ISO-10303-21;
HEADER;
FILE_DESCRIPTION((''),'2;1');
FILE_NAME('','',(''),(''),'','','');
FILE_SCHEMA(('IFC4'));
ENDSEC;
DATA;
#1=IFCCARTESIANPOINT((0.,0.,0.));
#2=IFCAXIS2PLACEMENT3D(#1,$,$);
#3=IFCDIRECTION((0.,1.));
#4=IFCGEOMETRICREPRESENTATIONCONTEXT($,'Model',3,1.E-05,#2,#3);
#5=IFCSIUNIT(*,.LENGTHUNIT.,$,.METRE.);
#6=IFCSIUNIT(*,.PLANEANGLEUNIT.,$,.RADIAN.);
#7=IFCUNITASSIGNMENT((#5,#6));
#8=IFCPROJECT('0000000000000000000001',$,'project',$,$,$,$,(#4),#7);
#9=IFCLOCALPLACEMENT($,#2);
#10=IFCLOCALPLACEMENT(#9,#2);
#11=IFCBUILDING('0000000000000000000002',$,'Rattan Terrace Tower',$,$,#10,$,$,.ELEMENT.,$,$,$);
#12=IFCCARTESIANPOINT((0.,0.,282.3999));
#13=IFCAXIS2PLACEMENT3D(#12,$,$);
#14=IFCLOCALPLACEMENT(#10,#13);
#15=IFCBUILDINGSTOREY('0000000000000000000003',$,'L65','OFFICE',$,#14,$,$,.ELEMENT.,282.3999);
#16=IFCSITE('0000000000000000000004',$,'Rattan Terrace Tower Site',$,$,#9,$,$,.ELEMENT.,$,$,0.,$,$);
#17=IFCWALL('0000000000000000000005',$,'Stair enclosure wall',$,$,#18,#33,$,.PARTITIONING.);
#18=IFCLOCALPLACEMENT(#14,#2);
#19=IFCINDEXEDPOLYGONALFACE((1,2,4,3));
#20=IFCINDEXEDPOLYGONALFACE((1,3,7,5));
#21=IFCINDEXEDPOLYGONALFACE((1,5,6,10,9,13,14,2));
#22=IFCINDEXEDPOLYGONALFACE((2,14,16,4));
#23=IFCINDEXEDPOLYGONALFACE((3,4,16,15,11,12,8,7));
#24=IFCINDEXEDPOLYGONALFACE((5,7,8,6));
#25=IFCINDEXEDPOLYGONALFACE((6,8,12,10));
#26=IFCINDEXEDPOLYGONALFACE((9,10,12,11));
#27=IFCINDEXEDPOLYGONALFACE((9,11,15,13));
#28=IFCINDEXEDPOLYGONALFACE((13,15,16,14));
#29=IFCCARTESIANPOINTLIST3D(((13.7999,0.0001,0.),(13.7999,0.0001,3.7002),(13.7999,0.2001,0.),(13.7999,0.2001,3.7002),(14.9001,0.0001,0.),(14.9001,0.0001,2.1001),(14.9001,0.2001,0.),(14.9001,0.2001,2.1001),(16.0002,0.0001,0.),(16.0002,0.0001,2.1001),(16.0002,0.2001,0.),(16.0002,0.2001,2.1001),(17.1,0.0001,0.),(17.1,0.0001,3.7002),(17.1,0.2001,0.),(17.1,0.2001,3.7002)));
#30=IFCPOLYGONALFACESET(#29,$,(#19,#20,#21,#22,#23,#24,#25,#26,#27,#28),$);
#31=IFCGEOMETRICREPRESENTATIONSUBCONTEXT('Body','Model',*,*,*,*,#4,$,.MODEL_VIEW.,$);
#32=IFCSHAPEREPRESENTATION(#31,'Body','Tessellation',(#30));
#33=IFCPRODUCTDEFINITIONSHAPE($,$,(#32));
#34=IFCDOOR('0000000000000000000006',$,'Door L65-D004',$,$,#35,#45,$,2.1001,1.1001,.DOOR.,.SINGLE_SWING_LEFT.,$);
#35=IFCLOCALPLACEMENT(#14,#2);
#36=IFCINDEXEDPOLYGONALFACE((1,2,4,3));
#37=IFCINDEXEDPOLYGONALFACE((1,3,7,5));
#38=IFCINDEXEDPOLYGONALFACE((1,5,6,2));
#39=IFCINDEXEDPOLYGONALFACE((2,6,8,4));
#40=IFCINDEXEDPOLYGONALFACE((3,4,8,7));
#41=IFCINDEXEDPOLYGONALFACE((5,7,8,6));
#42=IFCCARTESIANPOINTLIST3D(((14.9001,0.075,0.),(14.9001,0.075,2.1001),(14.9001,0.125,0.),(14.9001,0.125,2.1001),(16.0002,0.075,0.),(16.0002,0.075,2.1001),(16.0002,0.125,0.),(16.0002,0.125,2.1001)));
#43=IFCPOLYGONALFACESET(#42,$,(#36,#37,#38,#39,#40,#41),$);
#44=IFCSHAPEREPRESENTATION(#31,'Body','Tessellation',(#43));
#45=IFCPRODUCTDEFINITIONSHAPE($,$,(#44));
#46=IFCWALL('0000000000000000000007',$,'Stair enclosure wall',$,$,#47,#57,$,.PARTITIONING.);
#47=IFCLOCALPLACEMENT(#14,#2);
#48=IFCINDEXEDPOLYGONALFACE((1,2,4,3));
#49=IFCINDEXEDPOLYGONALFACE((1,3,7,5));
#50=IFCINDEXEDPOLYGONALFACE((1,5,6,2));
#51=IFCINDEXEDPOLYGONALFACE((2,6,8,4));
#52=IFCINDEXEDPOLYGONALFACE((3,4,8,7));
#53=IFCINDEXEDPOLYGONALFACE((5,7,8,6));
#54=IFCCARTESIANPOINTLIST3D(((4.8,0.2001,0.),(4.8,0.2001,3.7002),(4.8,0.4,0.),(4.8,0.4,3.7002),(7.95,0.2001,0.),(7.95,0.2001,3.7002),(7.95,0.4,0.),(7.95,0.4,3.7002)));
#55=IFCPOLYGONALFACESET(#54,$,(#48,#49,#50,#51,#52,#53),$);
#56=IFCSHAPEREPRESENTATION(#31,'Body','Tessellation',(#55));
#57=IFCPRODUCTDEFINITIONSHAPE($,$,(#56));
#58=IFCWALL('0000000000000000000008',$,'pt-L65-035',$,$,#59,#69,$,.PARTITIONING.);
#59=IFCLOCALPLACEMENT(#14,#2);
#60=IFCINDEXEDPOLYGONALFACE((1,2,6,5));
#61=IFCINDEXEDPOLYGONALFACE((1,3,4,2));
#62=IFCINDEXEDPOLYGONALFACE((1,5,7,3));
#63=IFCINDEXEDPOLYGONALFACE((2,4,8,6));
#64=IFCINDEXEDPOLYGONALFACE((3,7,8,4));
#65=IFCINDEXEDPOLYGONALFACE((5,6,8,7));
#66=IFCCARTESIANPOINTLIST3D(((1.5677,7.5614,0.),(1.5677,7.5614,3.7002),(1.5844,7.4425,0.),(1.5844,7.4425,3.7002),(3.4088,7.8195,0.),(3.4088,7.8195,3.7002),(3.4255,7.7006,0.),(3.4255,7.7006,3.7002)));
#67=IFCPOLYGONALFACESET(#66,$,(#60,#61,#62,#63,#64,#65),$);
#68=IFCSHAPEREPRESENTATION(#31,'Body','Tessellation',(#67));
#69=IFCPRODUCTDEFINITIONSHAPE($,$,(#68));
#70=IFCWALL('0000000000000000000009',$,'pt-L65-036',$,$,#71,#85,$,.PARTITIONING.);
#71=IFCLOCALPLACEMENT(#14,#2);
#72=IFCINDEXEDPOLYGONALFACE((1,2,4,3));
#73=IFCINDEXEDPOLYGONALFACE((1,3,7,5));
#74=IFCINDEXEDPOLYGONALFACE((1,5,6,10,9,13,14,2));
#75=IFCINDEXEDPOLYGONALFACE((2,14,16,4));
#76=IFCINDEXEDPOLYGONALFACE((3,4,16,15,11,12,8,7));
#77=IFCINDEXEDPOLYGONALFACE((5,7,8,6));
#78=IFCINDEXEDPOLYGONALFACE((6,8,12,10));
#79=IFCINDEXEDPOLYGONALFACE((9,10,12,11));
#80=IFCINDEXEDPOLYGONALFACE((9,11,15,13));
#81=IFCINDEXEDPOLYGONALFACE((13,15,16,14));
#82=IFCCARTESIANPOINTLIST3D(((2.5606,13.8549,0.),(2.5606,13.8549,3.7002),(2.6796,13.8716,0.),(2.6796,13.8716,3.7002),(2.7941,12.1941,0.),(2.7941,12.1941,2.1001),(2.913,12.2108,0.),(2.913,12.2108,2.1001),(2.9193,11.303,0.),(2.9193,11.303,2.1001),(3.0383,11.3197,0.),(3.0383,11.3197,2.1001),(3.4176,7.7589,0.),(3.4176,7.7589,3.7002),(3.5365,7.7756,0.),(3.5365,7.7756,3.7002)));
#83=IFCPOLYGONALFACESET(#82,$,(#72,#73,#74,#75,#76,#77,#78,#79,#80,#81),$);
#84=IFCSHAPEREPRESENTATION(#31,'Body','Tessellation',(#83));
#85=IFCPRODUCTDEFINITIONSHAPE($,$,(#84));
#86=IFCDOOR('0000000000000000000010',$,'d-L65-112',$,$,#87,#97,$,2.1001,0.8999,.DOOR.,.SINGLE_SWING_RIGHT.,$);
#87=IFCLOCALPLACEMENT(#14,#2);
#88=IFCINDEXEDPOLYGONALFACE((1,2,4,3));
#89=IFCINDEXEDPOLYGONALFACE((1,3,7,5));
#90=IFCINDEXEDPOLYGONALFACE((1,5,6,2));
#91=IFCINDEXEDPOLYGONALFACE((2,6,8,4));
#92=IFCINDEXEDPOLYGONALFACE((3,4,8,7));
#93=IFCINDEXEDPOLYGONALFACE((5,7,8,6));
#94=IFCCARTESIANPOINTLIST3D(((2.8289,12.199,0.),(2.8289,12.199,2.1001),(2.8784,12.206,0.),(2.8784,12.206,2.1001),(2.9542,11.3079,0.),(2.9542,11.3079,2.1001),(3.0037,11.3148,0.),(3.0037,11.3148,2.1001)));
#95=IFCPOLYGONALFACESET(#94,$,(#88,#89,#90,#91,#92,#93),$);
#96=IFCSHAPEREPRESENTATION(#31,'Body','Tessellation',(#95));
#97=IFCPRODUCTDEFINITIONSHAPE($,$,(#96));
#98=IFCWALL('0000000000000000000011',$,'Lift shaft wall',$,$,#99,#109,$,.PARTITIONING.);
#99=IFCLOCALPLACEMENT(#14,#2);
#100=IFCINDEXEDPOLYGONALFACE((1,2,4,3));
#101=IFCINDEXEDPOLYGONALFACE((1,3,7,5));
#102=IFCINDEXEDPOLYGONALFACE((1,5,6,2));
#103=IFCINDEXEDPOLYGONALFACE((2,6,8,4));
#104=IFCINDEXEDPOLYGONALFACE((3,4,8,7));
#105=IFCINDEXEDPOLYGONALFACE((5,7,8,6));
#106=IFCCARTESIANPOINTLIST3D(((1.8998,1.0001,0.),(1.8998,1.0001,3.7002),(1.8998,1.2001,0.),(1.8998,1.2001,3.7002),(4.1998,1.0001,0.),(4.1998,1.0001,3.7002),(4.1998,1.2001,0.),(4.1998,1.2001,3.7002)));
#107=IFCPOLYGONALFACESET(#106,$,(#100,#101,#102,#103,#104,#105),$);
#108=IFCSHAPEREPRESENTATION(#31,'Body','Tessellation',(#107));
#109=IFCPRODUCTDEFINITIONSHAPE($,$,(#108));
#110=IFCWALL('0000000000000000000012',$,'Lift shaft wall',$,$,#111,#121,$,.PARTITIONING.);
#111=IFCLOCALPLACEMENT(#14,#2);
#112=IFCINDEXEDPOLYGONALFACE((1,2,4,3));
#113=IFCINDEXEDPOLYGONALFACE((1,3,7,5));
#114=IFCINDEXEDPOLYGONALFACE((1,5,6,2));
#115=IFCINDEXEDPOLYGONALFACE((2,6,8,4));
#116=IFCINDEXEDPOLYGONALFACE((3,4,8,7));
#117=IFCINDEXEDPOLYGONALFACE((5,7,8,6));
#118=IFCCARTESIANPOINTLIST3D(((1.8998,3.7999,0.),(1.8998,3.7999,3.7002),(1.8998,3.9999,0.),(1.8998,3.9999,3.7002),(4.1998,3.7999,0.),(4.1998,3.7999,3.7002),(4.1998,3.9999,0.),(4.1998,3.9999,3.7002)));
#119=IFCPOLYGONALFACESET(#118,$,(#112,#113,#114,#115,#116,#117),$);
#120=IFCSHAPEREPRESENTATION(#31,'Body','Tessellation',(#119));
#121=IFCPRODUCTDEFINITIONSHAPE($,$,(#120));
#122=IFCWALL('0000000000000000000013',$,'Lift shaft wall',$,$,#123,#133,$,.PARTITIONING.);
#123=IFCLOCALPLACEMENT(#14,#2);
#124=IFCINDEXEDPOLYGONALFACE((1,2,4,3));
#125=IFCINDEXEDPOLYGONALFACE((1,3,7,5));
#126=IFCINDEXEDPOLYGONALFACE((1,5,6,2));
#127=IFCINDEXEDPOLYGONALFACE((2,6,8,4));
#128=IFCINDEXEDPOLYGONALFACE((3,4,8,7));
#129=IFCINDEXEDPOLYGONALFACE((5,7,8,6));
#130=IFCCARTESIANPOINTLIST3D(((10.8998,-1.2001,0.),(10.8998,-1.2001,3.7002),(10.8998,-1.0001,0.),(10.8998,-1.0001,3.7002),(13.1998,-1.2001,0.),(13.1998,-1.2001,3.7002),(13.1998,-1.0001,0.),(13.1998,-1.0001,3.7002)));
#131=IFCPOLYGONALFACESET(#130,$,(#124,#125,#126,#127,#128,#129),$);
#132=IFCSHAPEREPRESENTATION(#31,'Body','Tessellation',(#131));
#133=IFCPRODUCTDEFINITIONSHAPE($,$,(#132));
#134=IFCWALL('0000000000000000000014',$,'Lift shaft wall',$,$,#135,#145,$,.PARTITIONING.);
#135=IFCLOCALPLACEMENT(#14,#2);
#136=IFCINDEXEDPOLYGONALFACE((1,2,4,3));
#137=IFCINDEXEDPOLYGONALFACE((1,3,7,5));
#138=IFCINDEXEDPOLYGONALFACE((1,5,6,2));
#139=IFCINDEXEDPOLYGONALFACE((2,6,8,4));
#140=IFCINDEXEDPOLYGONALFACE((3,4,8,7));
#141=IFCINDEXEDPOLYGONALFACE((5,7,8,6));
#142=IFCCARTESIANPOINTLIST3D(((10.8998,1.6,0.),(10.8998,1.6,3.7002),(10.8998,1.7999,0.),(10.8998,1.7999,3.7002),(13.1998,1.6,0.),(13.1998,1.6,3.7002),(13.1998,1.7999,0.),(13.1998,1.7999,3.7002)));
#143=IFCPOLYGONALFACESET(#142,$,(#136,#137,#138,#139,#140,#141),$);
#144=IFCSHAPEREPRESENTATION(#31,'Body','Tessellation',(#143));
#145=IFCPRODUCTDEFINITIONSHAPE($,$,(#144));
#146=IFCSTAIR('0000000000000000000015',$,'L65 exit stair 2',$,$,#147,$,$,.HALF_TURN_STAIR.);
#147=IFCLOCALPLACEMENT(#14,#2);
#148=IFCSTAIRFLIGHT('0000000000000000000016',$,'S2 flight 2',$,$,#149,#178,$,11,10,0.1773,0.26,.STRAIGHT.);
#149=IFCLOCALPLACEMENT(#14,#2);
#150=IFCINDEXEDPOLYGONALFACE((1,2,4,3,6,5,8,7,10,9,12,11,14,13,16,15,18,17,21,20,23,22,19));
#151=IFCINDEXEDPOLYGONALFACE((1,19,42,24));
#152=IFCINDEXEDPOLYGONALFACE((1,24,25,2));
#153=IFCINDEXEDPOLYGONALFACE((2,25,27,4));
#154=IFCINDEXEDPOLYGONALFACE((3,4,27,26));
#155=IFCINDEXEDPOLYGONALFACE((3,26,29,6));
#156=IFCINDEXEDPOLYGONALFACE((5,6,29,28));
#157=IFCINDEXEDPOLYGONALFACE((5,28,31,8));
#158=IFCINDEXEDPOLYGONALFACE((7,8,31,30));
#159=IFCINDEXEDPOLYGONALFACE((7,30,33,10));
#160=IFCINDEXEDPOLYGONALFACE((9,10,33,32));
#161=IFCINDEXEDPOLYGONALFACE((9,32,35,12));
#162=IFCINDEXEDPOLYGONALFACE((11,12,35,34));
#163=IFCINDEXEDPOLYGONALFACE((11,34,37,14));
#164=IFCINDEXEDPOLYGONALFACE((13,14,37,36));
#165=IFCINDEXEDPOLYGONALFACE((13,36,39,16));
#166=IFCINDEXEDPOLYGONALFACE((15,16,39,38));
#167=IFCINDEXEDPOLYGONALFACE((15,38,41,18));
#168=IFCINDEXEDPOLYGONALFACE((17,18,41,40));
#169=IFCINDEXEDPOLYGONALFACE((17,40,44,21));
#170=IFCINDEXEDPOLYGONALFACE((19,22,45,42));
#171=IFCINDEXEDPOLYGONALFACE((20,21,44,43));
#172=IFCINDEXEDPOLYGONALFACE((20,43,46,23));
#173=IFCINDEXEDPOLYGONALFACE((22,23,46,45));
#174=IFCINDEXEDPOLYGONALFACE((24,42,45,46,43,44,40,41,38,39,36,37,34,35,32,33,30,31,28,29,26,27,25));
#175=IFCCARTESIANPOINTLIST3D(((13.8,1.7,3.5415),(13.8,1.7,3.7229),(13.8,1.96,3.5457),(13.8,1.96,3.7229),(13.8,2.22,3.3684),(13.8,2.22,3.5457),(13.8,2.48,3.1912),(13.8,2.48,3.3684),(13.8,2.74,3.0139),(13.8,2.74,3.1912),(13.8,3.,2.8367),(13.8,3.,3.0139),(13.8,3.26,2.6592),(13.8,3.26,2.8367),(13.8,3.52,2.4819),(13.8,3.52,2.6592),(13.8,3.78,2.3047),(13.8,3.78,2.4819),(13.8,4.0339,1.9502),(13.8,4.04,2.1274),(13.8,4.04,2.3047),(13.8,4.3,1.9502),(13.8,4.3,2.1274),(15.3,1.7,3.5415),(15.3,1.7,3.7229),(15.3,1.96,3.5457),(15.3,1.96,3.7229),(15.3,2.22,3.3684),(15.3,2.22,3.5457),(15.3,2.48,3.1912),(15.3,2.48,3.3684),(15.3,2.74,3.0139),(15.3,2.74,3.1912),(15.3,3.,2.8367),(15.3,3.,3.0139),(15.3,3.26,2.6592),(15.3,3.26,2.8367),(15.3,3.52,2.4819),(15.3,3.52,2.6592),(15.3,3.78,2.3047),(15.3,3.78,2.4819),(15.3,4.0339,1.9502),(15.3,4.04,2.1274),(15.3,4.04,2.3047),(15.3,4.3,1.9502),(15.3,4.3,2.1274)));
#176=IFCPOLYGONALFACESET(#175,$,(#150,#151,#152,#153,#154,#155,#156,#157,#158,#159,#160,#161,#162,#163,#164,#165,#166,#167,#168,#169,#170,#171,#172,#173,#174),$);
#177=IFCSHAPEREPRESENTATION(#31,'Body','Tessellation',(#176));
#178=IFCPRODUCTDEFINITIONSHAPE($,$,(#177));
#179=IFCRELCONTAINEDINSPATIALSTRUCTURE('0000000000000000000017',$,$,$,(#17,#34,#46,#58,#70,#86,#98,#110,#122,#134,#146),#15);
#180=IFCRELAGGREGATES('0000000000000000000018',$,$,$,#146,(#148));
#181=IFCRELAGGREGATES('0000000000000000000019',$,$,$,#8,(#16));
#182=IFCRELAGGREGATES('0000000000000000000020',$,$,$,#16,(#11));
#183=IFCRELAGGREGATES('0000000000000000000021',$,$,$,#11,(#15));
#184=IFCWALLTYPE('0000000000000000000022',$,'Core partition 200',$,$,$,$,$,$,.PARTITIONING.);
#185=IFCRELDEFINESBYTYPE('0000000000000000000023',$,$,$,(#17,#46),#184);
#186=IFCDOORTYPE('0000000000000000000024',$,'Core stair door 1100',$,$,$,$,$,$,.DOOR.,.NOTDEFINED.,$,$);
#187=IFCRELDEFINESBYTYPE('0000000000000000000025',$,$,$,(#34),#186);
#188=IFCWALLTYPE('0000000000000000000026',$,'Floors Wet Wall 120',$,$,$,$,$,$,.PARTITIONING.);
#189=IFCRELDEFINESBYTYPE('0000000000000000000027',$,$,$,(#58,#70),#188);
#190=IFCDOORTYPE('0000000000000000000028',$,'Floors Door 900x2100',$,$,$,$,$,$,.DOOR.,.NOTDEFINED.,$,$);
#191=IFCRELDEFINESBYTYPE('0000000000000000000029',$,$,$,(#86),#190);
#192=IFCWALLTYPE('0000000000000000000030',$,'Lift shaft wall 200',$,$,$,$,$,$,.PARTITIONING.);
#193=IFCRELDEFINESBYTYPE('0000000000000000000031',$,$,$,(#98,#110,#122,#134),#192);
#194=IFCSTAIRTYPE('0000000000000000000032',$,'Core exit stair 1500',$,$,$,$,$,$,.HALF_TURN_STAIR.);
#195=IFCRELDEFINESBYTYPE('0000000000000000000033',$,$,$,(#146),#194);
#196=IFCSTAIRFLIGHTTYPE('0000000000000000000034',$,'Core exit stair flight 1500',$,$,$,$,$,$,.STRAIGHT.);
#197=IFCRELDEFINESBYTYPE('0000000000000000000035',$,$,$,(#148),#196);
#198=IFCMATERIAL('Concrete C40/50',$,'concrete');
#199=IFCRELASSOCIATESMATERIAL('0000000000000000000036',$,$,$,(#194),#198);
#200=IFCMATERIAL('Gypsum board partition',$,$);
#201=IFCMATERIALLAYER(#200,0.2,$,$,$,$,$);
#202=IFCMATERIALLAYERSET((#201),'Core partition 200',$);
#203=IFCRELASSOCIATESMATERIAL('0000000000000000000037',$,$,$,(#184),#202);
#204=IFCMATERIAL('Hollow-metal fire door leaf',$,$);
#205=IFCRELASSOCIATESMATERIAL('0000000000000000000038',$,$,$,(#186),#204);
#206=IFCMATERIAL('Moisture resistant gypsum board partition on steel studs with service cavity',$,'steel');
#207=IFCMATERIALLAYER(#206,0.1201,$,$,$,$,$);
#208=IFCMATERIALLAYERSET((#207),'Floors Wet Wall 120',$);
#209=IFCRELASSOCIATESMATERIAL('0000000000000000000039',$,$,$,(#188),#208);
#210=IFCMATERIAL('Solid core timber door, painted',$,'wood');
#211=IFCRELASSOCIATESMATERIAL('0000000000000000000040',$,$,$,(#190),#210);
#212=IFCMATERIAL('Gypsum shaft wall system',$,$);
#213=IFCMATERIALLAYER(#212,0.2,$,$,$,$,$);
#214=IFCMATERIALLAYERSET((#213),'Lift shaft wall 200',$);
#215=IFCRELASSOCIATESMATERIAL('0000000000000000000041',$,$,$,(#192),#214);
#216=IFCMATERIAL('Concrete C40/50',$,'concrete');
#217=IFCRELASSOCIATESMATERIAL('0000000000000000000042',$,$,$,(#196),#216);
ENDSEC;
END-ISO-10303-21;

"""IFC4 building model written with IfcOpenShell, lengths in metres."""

from ifc_helpers import new_model, si_unit, direction, frame, frame_2d, origin, place, context, subcontext, project, spatial, polyline, rectangle, outline, extrude, material, layer, layer_set, type_object, element, fill, aggregate, save


model = new_model("IFC4")

# Units and contexts
model_context = context("Model", 3, precision=1e-05, world=origin(), true_north=direction((0.0, 1.0)))
body_context = subcontext(model_context, "Body", "Model", "MODEL_VIEW")
ifc_project = project(units=[si_unit("LENGTHUNIT", "METRE"), si_unit("PLANEANGLEUNIT", "RADIAN")], contexts=[model_context])

# Site, building, storey
site_placement = place(None, origin())
site = spatial("IfcSite", under=ifc_project, at=site_placement, Name="Rattan Terrace Tower Site", CompositionType="ELEMENT", RefElevation=0.0)
building_placement = place(site_placement, origin())
building = spatial("IfcBuilding", under=site, at=building_placement, Name="Rattan Terrace Tower", CompositionType="ELEMENT")
storey_placement = place(building_placement, frame((0.0, 0.0, 282.3999)))
storey = spatial("IfcBuildingStorey", under=building, at=storey_placement, Name="L65", Description="OFFICE", CompositionType="ELEMENT", Elevation=282.3999)

# Shared definitions
ifc_material_1 = material(Name="Concrete C40/50", Category="concrete")
stair_type = type_object("IfcStairType", Name="Core exit stair 1500", PredefinedType="HALF_TURN_STAIR", material=ifc_material_1)

# Wall, opening, door
ifc_material_2 = material(Name="Gypsum board partition")
ifc_layer_1 = layer(ifc_material_2, 0.2)
ifc_layer_set_1 = layer_set([ifc_layer_1], Name="Core partition 200")
wall_type_1 = type_object("IfcWallType", Name="Core partition 200", PredefinedType="PARTITIONING", material=ifc_layer_set_1)
wall_1_placement = place(storey_placement, frame((13.8, 0.1001, 0.0), z_axis=(0.0, 0.0, 1.0), x_axis=(1.0, 0.0, 0.0)))
wall_1 = element("IfcWall", 1, at=wall_1_placement, inside=storey, type_object=wall_type_1, Name="Stair enclosure wall", PredefinedType="PARTITIONING", context=body_context, shape_type="SweptSolid", body=[
    extrude(rectangle(XDim=3.3, YDim=0.2, at=frame_2d((1.6499, 0.0))), origin(), (0.0, 0.0, 1.0), 3.7002),
])
opening_1_placement = place(wall_1_placement, frame((1.1001, 0.0, 0.0)))
opening_1 = element("IfcOpeningElement", 2, at=opening_1_placement, cuts=wall_1, PredefinedType="OPENING", context=body_context, shape_type="SweptSolid", body=[
    extrude(rectangle(XDim=1.1001, YDim=2.1001, at=frame_2d((0.55, 1.05))), frame((0.0, 0.1106, 0.0), z_axis=(0.0, -1.0, 0.0), x_axis=(1.0, 0.0, 0.0)), (0.0, 0.0, 1.0), 0.2209),
])
ifc_material_3 = material(Name="Hollow-metal fire door leaf")
door_type_1 = type_object("IfcDoorType", Name="Core stair door 1100", OperationType="NOTDEFINED", PredefinedType="DOOR", material=ifc_material_3)
door_1_placement = place(opening_1_placement, origin())
door_1 = element("IfcDoor", 3, at=door_1_placement, inside=storey, type_object=door_type_1, Name="Door L65-D004", OperationType="SINGLE_SWING_LEFT", OverallHeight=2.1001, OverallWidth=1.1001, PredefinedType="DOOR", context=body_context, shape_type="SweptSolid", body=[
    extrude(rectangle(XDim=1.1001, YDim=2.1001, at=frame_2d((0.55, 1.05))), frame((0.0, 0.0249, 0.0), z_axis=(0.0, -1.0, 0.0), x_axis=(1.0, 0.0, 0.0)), (0.0, 0.0, 1.0), 0.05),
])
fill(opening_1, door_1)

# Walls
wall_2_placement = place(storey_placement, frame((4.8, 0.3, 0.0), z_axis=(0.0, 0.0, 1.0), x_axis=(1.0, 0.0, 0.0)))
element("IfcWall", 4, at=wall_2_placement, inside=storey, type_object=wall_type_1, Name="Stair enclosure wall", PredefinedType="PARTITIONING", context=body_context, shape_type="SweptSolid", body=[
    extrude(rectangle(XDim=3.1499, YDim=0.2, at=frame_2d((1.575, 0.0))), origin(), (0.0, 0.0, 1.0), 3.7002),
])
ifc_material_4 = material(Name="Moisture resistant gypsum board partition on steel studs with service cavity", Category="steel")
ifc_layer_2 = layer(ifc_material_4, 0.1201)
ifc_layer_set_2 = layer_set([ifc_layer_2], Name="Floors Wet Wall 120")
wall_type_2 = type_object("IfcWallType", Name="Floors Wet Wall 120", PredefinedType="PARTITIONING", material=ifc_layer_set_2)
wall_3_placement = place(storey_placement, frame((1.5759, 7.502, 0.0), z_axis=(0.0, 0.0, 1.0), x_axis=(0.990319, 0.13881, 0.0)))
element("IfcWall", 5, at=wall_3_placement, inside=storey, type_object=wall_type_2, Name="pt-L65-035", PredefinedType="PARTITIONING", context=body_context, shape_type="SweptSolid", body=[
    extrude(rectangle(XDim=1.8591, YDim=0.1201, at=frame_2d((0.9297, 0.0))), origin(), (0.0, 0.0, 1.0), 3.7002),
])

# Wall, opening, door
wall_4_placement = place(storey_placement, frame((3.4771, 7.7671, 0.0), z_axis=(0.0, 0.0, 1.0), x_axis=(-0.139206, 0.990263, 0.0)))
wall_4 = element("IfcWall", 6, at=wall_4_placement, inside=storey, type_object=wall_type_2, Name="pt-L65-036", PredefinedType="PARTITIONING", context=body_context, shape_type="SweptSolid", body=[
    extrude(rectangle(XDim=6.156, YDim=0.1201, at=frame_2d((3.0781, 0.0))), origin(), (0.0, 0.0, 1.0), 3.7002),
])
opening_2_placement = place(wall_4_placement, frame((3.5791, 0.0, 0.0)))
opening_2 = element("IfcOpeningElement", 7, at=opening_2_placement, cuts=wall_4, PredefinedType="OPENING", context=body_context, shape_type="SweptSolid", body=[
    extrude(rectangle(XDim=0.8999, YDim=2.1001, at=frame_2d((0.45, 1.05))), frame((0.0, 0.0706, 0.0), z_axis=(0.0, -1.0, 0.0), x_axis=(1.0, 0.0, 0.0)), (0.0, 0.0, 1.0), 0.1411),
])
ifc_material_5 = material(Name="Solid core timber door, painted", Category="wood")
door_type_2 = type_object("IfcDoorType", Name="Floors Door 900x2100", OperationType="NOTDEFINED", PredefinedType="DOOR", material=ifc_material_5)
door_2_placement = place(opening_2_placement, origin())
door_2 = element("IfcDoor", 8, at=door_2_placement, inside=storey, type_object=door_type_2, Name="d-L65-112", OperationType="SINGLE_SWING_RIGHT", OverallHeight=2.1001, OverallWidth=0.8999, PredefinedType="DOOR", context=body_context, shape_type="SweptSolid", body=[
    extrude(rectangle(XDim=0.8999, YDim=2.1001, at=frame_2d((0.45, 1.05))), frame((0.0, 0.0249, 0.0), z_axis=(0.0, -1.0, 0.0), x_axis=(1.0, 0.0, 0.0)), (0.0, 0.0, 1.0), 0.05),
])
fill(opening_2, door_2)

# Walls
ifc_material_6 = material(Name="Gypsum shaft wall system")
ifc_layer_3 = layer(ifc_material_6, 0.2)
ifc_layer_set_3 = layer_set([ifc_layer_3], Name="Lift shaft wall 200")
wall_type_3 = type_object("IfcWallType", Name="Lift shaft wall 200", PredefinedType="PARTITIONING", material=ifc_layer_set_3)
for number, where, z_axis, x_axis, name in (
    (9, (1.8999, 1.1001, 0.0), (0.0, 0.0, 1.0), (1.0, 0.0, 0.0), "Lift shaft wall"),
    (10, (1.8999, 3.8999, 0.0), (0.0, 0.0, 1.0), (1.0, 0.0, 0.0), "Lift shaft wall"),
    (11, (10.8999, -1.1001, 0.0), (0.0, 0.0, 1.0), (1.0, 0.0, 0.0), "Lift shaft wall"),
    (12, (10.8999, 1.7, 0.0), (0.0, 0.0, 1.0), (1.0, 0.0, 0.0), "Lift shaft wall"),
):
    element("IfcWall", number, at=place(storey_placement, frame(where, z_axis=z_axis, x_axis=x_axis)), inside=storey, type_object=wall_type_3, Name=name, PredefinedType="PARTITIONING", context=body_context, shape_type="SweptSolid", body=[
        extrude(rectangle(XDim=2.3, YDim=0.2, at=frame_2d((1.1499, 0.0))), origin(), (0.0, 0.0, 1.0), 3.7002),
    ])

# Stair, stair flight
stair_1_placement = place(storey_placement, origin())
stair_1 = element("IfcStair", 13, at=stair_1_placement, inside=storey, type_object=stair_type, Name="L65 exit stair 2", PredefinedType="HALF_TURN_STAIR")
ifc_material_7 = material(Name="Concrete C40/50", Category="concrete")
stair_flight_type = type_object("IfcStairFlightType", Name="Core exit stair flight 1500", PredefinedType="STRAIGHT", material=ifc_material_7)
stair_flight_1_placement = place(storey_placement, frame((14.55, 4.3, 1.9502), z_axis=(0.0, 0.0, 1.0), x_axis=(0.0, -1.0, 0.0)))
stair_flight_1 = element("IfcStairFlight", 14, at=stair_flight_1_placement, type_object=stair_flight_type, Name="S2 flight 2", NumberOfRisers=11, NumberOfTreads=10, PredefinedType="STRAIGHT", RiserHeight=0.1773, TreadLength=0.26, context=body_context, shape_type="SweptSolid", body=[
    extrude(outline(polyline([(0.0, 0.0), (0.0, 0.1772), (0.26, 0.1772), (0.26, 0.3545), (0.52, 0.3545), (0.52, 0.5317), (0.78, 0.5317), (0.78, 0.709), (1.04, 0.709), (1.04, 0.8865), (1.3, 0.8865), (1.3, 1.0637), (1.5601, 1.0637), (1.5601, 1.241), (1.8201, 1.241), (1.8201, 1.4182), (2.0801, 1.4182), (2.0801, 1.5955), (2.3401, 1.5955), (2.3401, 1.7727), (2.6001, 1.7727), (2.6001, 1.95), (2.6001, 1.5913), (0.2661, 0.0), (0.0, 0.0)])), frame((0.0, 0.75, 0.0), z_axis=(0.0, -1.0, 0.0), x_axis=(1.0, 0.0, 0.0)), (0.0, 0.0, 1.0), 1.5),
])
aggregate(stair_1, [stair_flight_1])

save(model, "model.ifc")
